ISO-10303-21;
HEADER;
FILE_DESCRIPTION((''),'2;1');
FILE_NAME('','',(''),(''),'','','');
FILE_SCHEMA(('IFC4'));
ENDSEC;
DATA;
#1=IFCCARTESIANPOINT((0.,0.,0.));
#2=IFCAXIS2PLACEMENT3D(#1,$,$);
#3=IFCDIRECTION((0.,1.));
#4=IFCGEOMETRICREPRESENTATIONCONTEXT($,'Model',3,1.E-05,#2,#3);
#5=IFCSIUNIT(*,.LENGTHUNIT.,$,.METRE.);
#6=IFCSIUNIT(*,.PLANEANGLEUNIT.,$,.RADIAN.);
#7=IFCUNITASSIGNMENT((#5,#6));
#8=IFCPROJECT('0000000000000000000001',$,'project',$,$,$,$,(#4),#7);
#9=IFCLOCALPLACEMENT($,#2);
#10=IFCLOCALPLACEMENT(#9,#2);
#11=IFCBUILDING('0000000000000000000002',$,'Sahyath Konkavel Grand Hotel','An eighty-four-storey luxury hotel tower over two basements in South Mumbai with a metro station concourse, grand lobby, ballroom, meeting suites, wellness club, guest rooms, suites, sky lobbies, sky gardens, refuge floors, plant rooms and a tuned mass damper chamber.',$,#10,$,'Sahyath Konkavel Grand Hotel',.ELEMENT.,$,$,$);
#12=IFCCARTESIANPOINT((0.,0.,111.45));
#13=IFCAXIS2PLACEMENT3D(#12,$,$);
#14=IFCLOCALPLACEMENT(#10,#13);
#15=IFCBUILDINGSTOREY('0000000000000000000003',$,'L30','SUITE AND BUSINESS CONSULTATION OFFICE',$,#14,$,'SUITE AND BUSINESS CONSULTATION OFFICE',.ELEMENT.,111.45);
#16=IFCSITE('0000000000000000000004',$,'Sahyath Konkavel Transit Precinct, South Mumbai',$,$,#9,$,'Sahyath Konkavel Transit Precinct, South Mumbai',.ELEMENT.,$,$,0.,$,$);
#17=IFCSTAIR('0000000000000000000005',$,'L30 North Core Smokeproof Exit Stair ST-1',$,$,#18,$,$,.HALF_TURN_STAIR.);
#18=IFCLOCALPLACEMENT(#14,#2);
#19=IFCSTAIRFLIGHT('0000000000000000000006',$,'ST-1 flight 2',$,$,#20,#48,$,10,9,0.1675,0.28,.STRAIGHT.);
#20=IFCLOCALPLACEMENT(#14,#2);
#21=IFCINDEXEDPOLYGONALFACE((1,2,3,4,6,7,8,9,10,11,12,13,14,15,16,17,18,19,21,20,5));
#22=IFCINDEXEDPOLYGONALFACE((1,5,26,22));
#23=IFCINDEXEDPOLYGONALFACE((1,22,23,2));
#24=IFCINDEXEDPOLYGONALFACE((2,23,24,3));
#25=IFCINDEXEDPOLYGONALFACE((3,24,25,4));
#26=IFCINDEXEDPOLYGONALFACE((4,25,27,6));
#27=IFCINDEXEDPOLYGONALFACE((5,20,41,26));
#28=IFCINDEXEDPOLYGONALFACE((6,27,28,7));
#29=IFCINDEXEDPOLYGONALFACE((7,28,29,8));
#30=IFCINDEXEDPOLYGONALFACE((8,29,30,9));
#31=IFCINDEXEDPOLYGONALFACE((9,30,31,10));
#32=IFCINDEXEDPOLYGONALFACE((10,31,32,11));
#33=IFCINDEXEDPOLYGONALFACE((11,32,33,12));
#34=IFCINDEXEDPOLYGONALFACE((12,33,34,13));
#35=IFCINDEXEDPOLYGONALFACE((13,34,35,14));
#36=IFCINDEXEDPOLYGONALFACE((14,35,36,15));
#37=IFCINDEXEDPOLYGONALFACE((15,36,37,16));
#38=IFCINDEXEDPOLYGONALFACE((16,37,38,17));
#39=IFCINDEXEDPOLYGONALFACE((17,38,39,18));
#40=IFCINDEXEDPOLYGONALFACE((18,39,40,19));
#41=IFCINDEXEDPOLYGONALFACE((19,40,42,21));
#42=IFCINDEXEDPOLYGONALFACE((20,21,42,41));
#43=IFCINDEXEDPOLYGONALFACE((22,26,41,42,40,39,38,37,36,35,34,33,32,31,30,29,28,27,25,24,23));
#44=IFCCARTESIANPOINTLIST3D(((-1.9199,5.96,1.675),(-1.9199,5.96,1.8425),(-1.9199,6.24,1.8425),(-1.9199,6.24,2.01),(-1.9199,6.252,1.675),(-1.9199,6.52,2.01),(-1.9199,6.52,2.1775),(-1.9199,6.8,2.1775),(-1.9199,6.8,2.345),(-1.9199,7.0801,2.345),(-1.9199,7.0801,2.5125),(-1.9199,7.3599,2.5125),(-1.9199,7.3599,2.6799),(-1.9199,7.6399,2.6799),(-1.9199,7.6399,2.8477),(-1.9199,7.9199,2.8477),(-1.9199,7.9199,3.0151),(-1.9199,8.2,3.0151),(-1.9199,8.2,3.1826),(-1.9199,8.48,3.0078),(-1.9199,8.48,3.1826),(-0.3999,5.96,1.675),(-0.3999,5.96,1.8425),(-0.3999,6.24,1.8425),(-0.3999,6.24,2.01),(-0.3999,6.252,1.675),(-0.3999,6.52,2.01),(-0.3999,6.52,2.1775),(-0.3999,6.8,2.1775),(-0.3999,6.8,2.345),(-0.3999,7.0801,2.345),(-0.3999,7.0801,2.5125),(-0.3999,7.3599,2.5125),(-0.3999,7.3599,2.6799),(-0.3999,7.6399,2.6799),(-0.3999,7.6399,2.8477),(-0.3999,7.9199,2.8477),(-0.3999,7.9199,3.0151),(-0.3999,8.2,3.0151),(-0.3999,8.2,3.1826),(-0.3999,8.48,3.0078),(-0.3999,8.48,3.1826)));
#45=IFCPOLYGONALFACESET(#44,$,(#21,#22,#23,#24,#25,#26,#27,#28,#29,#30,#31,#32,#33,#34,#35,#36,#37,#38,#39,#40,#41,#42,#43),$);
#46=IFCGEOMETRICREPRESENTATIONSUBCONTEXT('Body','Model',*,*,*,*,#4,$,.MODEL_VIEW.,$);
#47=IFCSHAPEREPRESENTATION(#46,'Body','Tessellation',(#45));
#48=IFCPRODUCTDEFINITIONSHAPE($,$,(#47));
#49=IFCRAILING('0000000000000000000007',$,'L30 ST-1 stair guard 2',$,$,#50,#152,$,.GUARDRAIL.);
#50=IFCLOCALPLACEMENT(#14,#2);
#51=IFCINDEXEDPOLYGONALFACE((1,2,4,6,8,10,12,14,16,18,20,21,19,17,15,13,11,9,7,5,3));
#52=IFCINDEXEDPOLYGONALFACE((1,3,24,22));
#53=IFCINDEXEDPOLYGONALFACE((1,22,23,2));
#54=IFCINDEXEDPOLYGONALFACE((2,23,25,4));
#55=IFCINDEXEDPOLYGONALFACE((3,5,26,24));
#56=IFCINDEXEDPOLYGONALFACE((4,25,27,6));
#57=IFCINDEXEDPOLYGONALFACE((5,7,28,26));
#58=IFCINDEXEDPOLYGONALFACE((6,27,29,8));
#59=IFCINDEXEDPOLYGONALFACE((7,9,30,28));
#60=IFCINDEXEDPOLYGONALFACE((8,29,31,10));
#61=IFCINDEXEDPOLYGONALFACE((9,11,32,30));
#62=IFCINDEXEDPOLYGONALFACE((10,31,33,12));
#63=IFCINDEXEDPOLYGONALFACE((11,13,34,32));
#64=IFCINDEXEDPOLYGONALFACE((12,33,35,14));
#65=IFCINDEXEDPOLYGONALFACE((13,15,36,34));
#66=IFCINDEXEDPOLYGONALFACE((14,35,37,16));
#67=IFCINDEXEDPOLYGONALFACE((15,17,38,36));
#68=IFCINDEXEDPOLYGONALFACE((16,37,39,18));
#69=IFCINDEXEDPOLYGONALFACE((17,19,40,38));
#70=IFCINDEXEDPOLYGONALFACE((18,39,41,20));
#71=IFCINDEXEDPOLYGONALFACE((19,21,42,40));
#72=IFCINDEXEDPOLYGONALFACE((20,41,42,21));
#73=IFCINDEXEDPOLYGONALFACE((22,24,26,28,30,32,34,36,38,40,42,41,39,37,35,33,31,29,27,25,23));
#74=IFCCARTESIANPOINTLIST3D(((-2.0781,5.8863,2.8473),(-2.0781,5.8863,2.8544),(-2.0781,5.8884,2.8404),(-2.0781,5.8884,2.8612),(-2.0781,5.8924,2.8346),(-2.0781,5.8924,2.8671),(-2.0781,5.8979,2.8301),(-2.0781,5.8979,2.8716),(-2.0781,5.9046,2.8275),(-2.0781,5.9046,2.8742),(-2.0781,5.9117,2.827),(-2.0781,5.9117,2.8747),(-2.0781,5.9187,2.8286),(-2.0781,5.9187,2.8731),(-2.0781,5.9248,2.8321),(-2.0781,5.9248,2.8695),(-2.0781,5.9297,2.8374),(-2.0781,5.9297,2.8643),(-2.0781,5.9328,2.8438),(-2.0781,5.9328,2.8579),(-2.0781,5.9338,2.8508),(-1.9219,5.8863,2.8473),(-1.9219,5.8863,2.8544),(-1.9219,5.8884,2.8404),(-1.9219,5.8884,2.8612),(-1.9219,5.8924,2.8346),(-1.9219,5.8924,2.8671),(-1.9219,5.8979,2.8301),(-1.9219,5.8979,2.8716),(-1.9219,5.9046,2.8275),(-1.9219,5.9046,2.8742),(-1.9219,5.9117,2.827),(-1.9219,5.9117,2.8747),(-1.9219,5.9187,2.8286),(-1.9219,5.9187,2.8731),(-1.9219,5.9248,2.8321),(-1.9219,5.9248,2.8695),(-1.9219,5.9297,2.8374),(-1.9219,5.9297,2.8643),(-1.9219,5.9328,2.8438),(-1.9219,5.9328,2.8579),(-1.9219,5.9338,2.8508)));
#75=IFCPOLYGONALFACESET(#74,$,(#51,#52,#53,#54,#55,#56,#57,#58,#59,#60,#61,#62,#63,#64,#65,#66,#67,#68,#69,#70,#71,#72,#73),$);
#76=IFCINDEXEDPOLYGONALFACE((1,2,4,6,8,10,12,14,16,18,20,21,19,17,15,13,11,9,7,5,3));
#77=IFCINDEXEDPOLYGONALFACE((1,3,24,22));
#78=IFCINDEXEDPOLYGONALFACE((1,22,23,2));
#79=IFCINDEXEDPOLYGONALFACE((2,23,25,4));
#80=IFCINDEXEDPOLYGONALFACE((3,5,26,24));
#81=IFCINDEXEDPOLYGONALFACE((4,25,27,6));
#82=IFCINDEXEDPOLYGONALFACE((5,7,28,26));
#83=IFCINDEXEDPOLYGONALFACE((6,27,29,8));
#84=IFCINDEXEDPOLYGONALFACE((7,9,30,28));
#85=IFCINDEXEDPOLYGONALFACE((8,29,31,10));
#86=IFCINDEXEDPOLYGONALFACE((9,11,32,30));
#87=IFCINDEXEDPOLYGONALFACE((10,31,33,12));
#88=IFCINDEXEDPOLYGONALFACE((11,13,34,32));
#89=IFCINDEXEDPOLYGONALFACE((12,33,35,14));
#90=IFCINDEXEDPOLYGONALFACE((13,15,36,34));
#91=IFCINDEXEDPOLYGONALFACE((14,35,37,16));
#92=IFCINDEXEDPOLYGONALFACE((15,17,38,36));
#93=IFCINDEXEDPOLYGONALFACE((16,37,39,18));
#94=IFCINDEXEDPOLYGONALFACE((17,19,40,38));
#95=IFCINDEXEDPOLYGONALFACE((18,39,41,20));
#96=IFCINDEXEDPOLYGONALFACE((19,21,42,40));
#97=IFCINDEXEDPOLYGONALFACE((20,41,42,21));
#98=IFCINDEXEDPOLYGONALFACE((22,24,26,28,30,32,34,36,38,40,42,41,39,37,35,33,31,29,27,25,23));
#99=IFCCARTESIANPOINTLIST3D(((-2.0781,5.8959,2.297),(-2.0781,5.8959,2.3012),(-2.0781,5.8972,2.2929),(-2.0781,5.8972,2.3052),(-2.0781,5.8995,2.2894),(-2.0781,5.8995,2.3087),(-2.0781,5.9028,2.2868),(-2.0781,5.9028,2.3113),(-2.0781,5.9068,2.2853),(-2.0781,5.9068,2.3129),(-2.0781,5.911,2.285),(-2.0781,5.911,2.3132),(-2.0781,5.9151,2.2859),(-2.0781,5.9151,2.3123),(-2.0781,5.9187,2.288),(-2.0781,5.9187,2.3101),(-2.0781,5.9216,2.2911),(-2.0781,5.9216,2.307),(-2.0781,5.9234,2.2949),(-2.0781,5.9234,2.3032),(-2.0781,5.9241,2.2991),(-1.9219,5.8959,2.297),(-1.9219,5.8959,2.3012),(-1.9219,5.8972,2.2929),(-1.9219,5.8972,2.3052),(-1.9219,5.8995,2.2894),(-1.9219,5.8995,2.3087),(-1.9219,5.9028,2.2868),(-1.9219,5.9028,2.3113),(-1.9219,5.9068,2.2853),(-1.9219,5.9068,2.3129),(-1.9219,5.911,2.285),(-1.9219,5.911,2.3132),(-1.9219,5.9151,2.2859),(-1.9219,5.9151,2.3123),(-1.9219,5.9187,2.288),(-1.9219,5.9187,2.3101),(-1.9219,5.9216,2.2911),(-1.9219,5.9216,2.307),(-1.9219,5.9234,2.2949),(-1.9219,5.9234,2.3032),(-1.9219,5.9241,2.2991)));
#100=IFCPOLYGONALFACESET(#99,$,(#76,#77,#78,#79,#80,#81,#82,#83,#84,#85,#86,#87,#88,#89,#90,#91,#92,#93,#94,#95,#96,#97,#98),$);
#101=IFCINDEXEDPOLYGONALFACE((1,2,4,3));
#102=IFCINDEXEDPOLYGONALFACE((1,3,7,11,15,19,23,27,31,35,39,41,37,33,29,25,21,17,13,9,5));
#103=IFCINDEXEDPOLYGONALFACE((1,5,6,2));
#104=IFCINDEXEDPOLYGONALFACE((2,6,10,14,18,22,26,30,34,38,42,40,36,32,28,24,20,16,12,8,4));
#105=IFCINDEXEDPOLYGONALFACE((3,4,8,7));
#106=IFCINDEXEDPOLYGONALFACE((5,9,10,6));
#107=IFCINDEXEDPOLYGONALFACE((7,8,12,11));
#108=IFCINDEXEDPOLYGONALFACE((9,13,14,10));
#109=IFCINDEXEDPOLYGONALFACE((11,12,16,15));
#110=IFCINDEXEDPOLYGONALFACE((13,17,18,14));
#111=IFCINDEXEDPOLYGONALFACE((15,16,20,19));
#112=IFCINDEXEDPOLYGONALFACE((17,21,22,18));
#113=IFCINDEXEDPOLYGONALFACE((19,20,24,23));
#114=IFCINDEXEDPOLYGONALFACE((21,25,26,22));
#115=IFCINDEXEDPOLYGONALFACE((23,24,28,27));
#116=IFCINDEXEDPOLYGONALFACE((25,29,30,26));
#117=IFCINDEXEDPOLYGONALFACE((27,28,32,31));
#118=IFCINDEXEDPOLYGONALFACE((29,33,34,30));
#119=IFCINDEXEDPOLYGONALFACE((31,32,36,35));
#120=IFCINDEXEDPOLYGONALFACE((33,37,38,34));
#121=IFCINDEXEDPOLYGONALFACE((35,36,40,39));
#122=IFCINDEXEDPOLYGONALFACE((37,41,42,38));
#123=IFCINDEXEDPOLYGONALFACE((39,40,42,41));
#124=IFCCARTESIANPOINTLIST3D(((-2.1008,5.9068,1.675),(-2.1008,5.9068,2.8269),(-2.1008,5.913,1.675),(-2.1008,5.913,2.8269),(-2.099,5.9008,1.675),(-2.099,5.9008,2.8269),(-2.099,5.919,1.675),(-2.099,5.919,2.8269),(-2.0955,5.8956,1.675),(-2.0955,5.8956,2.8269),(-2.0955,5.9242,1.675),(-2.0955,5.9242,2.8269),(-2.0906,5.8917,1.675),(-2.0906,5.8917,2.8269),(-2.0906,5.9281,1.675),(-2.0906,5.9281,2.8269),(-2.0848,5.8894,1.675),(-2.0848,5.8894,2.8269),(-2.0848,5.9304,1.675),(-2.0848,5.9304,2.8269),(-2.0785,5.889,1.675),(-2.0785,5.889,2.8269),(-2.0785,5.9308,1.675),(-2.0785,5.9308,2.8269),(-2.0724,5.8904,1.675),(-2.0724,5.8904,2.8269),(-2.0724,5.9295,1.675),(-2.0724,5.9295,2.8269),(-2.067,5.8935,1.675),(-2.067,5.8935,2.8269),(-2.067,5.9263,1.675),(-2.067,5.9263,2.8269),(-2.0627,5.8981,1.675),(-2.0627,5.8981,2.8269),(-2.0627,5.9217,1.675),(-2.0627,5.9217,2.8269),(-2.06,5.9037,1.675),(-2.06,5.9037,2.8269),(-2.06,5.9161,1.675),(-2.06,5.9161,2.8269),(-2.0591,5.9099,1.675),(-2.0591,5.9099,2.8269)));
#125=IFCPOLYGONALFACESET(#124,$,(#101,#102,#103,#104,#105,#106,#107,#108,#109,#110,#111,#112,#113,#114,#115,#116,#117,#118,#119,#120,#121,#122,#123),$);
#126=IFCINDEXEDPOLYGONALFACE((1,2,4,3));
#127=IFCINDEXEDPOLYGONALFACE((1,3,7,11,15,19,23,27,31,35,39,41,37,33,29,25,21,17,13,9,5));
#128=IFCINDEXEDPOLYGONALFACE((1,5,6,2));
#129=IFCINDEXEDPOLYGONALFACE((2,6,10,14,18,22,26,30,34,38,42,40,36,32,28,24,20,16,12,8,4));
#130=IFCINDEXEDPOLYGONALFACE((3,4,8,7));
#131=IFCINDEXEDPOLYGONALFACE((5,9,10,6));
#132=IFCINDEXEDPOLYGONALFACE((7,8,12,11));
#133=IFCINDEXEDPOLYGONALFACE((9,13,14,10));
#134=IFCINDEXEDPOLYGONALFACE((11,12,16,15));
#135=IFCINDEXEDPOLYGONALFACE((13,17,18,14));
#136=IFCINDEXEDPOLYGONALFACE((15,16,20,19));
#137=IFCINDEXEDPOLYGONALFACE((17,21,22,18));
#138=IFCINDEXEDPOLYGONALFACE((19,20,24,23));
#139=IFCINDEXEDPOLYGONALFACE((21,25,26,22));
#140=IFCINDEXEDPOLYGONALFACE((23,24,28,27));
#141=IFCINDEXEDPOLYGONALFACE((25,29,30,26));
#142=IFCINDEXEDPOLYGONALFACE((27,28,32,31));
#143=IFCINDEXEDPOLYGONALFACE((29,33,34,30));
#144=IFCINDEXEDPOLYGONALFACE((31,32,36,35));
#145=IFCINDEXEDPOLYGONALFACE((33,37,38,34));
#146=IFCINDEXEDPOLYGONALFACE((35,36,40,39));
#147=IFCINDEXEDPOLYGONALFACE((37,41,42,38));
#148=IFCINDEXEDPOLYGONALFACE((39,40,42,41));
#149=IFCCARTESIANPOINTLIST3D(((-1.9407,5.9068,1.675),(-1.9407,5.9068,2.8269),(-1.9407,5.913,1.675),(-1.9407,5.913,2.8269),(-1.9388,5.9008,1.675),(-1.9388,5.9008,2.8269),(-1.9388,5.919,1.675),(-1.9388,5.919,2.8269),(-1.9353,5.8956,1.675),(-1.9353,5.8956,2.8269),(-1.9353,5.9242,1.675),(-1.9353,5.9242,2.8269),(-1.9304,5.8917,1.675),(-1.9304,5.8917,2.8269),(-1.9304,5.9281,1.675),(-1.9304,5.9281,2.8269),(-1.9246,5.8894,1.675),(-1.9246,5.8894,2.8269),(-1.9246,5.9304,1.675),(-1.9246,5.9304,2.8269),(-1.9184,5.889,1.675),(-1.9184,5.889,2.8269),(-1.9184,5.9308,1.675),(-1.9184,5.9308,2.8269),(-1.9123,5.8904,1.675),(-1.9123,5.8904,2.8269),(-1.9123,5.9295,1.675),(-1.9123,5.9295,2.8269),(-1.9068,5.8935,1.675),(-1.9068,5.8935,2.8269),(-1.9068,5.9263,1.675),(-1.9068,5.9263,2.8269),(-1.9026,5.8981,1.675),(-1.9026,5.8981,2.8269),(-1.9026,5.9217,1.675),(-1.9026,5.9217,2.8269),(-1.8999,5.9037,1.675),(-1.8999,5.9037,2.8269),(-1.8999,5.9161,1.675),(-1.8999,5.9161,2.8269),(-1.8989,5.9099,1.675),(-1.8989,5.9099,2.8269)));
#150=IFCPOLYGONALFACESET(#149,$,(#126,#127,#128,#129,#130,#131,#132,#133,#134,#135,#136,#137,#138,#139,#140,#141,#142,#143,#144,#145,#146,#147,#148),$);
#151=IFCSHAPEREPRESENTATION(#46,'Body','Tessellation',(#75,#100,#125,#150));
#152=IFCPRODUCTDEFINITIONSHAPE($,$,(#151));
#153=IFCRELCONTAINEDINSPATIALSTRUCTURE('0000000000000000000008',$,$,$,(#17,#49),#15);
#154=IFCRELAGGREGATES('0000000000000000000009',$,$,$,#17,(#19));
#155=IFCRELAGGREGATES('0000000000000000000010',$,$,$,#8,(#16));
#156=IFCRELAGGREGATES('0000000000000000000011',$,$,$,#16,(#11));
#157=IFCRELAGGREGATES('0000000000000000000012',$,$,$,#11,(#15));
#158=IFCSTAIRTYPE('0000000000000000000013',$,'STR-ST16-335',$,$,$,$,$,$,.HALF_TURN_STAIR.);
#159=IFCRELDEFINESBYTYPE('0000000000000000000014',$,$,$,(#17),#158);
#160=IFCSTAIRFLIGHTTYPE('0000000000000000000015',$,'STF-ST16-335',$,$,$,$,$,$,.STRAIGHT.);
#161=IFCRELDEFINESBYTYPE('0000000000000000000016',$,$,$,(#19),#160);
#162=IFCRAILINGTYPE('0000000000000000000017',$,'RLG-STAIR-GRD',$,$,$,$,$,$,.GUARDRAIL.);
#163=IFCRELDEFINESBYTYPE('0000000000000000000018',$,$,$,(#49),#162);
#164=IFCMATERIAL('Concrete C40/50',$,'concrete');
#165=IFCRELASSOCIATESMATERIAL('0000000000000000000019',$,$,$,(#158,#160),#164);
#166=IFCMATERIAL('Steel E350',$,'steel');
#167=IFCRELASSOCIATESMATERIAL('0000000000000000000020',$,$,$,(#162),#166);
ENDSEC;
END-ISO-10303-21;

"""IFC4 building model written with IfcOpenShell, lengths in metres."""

from ifc_helpers import new_model, si_unit, direction, frame, origin, origin_2d, place, context, subcontext, project, spatial, polyline, circle, outline, extrude, material, type_object, element, aggregate, save


model = new_model("IFC4")

# Units and contexts
model_context = context("Model", 3, precision=1e-05, world=origin(), true_north=direction((0.0, 1.0)))
body_context = subcontext(model_context, "Body", "Model", "MODEL_VIEW")
ifc_project = project(units=[si_unit("LENGTHUNIT", "METRE"), si_unit("PLANEANGLEUNIT", "RADIAN")], contexts=[model_context])

# Site, building, storey
site_placement = place(None, origin())
site = spatial("IfcSite", under=ifc_project, at=site_placement, Name="Sahyath Konkavel Transit Precinct, South Mumbai", LongName="Sahyath Konkavel Transit Precinct, South Mumbai", CompositionType="ELEMENT", RefElevation=0.0)
building_placement = place(site_placement, origin())
building = spatial("IfcBuilding", under=site, at=building_placement, Name="Sahyath Konkavel Grand Hotel", Description="An eighty-four-storey luxury hotel tower over two basements in South Mumbai with a metro station concourse, grand lobby, ballroom, meeting suites, wellness club, guest rooms, suites, sky lobbies, sky gardens, refuge floors, plant rooms and a tuned mass damper chamber.", LongName="Sahyath Konkavel Grand Hotel", CompositionType="ELEMENT")
storey_placement = place(building_placement, frame((0.0, 0.0, 111.45)))
storey = spatial("IfcBuildingStorey", under=building, at=storey_placement, Name="L30", Description="SUITE AND BUSINESS CONSULTATION OFFICE", LongName="SUITE AND BUSINESS CONSULTATION OFFICE", CompositionType="ELEMENT", Elevation=111.45)

# Shared definitions
ifc_material_1 = material(Name="Steel E350", Category="steel")

# Shared definitions
ifc_material_2 = material(Name="Concrete C40/50", Category="concrete")

# Stair
stair_type = type_object("IfcStairType", Name="STR-ST16-335", PredefinedType="HALF_TURN_STAIR", material=ifc_material_2)
stair_1_placement = place(storey_placement, origin())
stair_1 = element("IfcStair", 1, at=stair_1_placement, inside=storey, type_object=stair_type, Name="L30 North Core Smokeproof Exit Stair ST-1", PredefinedType="HALF_TURN_STAIR")

# Stair flight
stair_flight_type = type_object("IfcStairFlightType", Name="STF-ST16-335", PredefinedType="STRAIGHT", material=ifc_material_2)
stair_flight_placement = place(storey_placement, frame((-1.1599, 5.96, 1.675), z_axis=(0.0, 0.0, 1.0), x_axis=(0.0, 1.0, 0.0)))
stair_flight = element("IfcStairFlight", 2, at=stair_flight_placement, type_object=stair_flight_type, Name="ST-1 flight 2", NumberOfRisers=10, NumberOfTreads=9, PredefinedType="STRAIGHT", RiserHeight=0.1675, TreadLength=0.28, context=body_context, shape_type="SweptSolid", body=[
    extrude(outline(polyline([(0.0, 0.0), (0.0, 0.1675), (0.28, 0.1675), (0.28, 0.335), (0.5601, 0.335), (0.5601, 0.5024), (0.8401, 0.5024), (0.8401, 0.6699), (1.1201, 0.6699), (1.1201, 0.8374), (1.3999, 0.8374), (1.3999, 1.0049), (1.6799, 1.0049), (1.6799, 1.1726), (1.96, 1.1726), (1.96, 1.3401), (2.24, 1.3401), (2.24, 1.5076), (2.52, 1.5076), (2.52, 1.675), (2.52, 1.3328), (0.292, 0.0), (0.0, 0.0)])), frame((0.0, 0.76, 0.0), z_axis=(0.0, -1.0, 0.0), x_axis=(1.0, 0.0, 0.0)), (0.0, 0.0, 1.0), 1.52),
])
aggregate(stair_1, [stair_flight])

# Railing
railing_type_1 = type_object("IfcRailingType", Name="RLG-STAIR-GRD", PredefinedType="GUARDRAIL", material=ifc_material_1)
railing_1_placement = place(storey_placement, frame((-2.0801, 5.9099, 1.675)))
element("IfcRailing", 3, at=railing_1_placement, inside=storey, type_object=railing_type_1, Name="L30 ST-1 stair guard 2", PredefinedType="GUARDRAIL", context=body_context, shape_type="SweptSolid", body=[
    extrude(circle(Radius=0.0239, at=origin_2d()), frame((0.002, 0.0, 1.1758), z_axis=(1.0, 0.0, 0.0), x_axis=(0.0, 1.0, 0.0)), (0.0, 0.0, 1.0), 0.1562),
    extrude(circle(Radius=0.0142, at=origin_2d()), frame((0.002, 0.0, 0.624), z_axis=(1.0, 0.0, 0.0), x_axis=(0.0, 1.0, 0.0)), (0.0, 0.0, 1.0), 0.1562),
    extrude(circle(Radius=0.021, at=origin_2d()), origin(), (0.0, 0.0, 1.0), 1.1519),
    extrude(circle(Radius=0.021, at=origin_2d()), frame((0.1602, 0.0, 0.0)), (0.0, 0.0, 1.0), 1.1519),
])

save(model, "model.ifc")
